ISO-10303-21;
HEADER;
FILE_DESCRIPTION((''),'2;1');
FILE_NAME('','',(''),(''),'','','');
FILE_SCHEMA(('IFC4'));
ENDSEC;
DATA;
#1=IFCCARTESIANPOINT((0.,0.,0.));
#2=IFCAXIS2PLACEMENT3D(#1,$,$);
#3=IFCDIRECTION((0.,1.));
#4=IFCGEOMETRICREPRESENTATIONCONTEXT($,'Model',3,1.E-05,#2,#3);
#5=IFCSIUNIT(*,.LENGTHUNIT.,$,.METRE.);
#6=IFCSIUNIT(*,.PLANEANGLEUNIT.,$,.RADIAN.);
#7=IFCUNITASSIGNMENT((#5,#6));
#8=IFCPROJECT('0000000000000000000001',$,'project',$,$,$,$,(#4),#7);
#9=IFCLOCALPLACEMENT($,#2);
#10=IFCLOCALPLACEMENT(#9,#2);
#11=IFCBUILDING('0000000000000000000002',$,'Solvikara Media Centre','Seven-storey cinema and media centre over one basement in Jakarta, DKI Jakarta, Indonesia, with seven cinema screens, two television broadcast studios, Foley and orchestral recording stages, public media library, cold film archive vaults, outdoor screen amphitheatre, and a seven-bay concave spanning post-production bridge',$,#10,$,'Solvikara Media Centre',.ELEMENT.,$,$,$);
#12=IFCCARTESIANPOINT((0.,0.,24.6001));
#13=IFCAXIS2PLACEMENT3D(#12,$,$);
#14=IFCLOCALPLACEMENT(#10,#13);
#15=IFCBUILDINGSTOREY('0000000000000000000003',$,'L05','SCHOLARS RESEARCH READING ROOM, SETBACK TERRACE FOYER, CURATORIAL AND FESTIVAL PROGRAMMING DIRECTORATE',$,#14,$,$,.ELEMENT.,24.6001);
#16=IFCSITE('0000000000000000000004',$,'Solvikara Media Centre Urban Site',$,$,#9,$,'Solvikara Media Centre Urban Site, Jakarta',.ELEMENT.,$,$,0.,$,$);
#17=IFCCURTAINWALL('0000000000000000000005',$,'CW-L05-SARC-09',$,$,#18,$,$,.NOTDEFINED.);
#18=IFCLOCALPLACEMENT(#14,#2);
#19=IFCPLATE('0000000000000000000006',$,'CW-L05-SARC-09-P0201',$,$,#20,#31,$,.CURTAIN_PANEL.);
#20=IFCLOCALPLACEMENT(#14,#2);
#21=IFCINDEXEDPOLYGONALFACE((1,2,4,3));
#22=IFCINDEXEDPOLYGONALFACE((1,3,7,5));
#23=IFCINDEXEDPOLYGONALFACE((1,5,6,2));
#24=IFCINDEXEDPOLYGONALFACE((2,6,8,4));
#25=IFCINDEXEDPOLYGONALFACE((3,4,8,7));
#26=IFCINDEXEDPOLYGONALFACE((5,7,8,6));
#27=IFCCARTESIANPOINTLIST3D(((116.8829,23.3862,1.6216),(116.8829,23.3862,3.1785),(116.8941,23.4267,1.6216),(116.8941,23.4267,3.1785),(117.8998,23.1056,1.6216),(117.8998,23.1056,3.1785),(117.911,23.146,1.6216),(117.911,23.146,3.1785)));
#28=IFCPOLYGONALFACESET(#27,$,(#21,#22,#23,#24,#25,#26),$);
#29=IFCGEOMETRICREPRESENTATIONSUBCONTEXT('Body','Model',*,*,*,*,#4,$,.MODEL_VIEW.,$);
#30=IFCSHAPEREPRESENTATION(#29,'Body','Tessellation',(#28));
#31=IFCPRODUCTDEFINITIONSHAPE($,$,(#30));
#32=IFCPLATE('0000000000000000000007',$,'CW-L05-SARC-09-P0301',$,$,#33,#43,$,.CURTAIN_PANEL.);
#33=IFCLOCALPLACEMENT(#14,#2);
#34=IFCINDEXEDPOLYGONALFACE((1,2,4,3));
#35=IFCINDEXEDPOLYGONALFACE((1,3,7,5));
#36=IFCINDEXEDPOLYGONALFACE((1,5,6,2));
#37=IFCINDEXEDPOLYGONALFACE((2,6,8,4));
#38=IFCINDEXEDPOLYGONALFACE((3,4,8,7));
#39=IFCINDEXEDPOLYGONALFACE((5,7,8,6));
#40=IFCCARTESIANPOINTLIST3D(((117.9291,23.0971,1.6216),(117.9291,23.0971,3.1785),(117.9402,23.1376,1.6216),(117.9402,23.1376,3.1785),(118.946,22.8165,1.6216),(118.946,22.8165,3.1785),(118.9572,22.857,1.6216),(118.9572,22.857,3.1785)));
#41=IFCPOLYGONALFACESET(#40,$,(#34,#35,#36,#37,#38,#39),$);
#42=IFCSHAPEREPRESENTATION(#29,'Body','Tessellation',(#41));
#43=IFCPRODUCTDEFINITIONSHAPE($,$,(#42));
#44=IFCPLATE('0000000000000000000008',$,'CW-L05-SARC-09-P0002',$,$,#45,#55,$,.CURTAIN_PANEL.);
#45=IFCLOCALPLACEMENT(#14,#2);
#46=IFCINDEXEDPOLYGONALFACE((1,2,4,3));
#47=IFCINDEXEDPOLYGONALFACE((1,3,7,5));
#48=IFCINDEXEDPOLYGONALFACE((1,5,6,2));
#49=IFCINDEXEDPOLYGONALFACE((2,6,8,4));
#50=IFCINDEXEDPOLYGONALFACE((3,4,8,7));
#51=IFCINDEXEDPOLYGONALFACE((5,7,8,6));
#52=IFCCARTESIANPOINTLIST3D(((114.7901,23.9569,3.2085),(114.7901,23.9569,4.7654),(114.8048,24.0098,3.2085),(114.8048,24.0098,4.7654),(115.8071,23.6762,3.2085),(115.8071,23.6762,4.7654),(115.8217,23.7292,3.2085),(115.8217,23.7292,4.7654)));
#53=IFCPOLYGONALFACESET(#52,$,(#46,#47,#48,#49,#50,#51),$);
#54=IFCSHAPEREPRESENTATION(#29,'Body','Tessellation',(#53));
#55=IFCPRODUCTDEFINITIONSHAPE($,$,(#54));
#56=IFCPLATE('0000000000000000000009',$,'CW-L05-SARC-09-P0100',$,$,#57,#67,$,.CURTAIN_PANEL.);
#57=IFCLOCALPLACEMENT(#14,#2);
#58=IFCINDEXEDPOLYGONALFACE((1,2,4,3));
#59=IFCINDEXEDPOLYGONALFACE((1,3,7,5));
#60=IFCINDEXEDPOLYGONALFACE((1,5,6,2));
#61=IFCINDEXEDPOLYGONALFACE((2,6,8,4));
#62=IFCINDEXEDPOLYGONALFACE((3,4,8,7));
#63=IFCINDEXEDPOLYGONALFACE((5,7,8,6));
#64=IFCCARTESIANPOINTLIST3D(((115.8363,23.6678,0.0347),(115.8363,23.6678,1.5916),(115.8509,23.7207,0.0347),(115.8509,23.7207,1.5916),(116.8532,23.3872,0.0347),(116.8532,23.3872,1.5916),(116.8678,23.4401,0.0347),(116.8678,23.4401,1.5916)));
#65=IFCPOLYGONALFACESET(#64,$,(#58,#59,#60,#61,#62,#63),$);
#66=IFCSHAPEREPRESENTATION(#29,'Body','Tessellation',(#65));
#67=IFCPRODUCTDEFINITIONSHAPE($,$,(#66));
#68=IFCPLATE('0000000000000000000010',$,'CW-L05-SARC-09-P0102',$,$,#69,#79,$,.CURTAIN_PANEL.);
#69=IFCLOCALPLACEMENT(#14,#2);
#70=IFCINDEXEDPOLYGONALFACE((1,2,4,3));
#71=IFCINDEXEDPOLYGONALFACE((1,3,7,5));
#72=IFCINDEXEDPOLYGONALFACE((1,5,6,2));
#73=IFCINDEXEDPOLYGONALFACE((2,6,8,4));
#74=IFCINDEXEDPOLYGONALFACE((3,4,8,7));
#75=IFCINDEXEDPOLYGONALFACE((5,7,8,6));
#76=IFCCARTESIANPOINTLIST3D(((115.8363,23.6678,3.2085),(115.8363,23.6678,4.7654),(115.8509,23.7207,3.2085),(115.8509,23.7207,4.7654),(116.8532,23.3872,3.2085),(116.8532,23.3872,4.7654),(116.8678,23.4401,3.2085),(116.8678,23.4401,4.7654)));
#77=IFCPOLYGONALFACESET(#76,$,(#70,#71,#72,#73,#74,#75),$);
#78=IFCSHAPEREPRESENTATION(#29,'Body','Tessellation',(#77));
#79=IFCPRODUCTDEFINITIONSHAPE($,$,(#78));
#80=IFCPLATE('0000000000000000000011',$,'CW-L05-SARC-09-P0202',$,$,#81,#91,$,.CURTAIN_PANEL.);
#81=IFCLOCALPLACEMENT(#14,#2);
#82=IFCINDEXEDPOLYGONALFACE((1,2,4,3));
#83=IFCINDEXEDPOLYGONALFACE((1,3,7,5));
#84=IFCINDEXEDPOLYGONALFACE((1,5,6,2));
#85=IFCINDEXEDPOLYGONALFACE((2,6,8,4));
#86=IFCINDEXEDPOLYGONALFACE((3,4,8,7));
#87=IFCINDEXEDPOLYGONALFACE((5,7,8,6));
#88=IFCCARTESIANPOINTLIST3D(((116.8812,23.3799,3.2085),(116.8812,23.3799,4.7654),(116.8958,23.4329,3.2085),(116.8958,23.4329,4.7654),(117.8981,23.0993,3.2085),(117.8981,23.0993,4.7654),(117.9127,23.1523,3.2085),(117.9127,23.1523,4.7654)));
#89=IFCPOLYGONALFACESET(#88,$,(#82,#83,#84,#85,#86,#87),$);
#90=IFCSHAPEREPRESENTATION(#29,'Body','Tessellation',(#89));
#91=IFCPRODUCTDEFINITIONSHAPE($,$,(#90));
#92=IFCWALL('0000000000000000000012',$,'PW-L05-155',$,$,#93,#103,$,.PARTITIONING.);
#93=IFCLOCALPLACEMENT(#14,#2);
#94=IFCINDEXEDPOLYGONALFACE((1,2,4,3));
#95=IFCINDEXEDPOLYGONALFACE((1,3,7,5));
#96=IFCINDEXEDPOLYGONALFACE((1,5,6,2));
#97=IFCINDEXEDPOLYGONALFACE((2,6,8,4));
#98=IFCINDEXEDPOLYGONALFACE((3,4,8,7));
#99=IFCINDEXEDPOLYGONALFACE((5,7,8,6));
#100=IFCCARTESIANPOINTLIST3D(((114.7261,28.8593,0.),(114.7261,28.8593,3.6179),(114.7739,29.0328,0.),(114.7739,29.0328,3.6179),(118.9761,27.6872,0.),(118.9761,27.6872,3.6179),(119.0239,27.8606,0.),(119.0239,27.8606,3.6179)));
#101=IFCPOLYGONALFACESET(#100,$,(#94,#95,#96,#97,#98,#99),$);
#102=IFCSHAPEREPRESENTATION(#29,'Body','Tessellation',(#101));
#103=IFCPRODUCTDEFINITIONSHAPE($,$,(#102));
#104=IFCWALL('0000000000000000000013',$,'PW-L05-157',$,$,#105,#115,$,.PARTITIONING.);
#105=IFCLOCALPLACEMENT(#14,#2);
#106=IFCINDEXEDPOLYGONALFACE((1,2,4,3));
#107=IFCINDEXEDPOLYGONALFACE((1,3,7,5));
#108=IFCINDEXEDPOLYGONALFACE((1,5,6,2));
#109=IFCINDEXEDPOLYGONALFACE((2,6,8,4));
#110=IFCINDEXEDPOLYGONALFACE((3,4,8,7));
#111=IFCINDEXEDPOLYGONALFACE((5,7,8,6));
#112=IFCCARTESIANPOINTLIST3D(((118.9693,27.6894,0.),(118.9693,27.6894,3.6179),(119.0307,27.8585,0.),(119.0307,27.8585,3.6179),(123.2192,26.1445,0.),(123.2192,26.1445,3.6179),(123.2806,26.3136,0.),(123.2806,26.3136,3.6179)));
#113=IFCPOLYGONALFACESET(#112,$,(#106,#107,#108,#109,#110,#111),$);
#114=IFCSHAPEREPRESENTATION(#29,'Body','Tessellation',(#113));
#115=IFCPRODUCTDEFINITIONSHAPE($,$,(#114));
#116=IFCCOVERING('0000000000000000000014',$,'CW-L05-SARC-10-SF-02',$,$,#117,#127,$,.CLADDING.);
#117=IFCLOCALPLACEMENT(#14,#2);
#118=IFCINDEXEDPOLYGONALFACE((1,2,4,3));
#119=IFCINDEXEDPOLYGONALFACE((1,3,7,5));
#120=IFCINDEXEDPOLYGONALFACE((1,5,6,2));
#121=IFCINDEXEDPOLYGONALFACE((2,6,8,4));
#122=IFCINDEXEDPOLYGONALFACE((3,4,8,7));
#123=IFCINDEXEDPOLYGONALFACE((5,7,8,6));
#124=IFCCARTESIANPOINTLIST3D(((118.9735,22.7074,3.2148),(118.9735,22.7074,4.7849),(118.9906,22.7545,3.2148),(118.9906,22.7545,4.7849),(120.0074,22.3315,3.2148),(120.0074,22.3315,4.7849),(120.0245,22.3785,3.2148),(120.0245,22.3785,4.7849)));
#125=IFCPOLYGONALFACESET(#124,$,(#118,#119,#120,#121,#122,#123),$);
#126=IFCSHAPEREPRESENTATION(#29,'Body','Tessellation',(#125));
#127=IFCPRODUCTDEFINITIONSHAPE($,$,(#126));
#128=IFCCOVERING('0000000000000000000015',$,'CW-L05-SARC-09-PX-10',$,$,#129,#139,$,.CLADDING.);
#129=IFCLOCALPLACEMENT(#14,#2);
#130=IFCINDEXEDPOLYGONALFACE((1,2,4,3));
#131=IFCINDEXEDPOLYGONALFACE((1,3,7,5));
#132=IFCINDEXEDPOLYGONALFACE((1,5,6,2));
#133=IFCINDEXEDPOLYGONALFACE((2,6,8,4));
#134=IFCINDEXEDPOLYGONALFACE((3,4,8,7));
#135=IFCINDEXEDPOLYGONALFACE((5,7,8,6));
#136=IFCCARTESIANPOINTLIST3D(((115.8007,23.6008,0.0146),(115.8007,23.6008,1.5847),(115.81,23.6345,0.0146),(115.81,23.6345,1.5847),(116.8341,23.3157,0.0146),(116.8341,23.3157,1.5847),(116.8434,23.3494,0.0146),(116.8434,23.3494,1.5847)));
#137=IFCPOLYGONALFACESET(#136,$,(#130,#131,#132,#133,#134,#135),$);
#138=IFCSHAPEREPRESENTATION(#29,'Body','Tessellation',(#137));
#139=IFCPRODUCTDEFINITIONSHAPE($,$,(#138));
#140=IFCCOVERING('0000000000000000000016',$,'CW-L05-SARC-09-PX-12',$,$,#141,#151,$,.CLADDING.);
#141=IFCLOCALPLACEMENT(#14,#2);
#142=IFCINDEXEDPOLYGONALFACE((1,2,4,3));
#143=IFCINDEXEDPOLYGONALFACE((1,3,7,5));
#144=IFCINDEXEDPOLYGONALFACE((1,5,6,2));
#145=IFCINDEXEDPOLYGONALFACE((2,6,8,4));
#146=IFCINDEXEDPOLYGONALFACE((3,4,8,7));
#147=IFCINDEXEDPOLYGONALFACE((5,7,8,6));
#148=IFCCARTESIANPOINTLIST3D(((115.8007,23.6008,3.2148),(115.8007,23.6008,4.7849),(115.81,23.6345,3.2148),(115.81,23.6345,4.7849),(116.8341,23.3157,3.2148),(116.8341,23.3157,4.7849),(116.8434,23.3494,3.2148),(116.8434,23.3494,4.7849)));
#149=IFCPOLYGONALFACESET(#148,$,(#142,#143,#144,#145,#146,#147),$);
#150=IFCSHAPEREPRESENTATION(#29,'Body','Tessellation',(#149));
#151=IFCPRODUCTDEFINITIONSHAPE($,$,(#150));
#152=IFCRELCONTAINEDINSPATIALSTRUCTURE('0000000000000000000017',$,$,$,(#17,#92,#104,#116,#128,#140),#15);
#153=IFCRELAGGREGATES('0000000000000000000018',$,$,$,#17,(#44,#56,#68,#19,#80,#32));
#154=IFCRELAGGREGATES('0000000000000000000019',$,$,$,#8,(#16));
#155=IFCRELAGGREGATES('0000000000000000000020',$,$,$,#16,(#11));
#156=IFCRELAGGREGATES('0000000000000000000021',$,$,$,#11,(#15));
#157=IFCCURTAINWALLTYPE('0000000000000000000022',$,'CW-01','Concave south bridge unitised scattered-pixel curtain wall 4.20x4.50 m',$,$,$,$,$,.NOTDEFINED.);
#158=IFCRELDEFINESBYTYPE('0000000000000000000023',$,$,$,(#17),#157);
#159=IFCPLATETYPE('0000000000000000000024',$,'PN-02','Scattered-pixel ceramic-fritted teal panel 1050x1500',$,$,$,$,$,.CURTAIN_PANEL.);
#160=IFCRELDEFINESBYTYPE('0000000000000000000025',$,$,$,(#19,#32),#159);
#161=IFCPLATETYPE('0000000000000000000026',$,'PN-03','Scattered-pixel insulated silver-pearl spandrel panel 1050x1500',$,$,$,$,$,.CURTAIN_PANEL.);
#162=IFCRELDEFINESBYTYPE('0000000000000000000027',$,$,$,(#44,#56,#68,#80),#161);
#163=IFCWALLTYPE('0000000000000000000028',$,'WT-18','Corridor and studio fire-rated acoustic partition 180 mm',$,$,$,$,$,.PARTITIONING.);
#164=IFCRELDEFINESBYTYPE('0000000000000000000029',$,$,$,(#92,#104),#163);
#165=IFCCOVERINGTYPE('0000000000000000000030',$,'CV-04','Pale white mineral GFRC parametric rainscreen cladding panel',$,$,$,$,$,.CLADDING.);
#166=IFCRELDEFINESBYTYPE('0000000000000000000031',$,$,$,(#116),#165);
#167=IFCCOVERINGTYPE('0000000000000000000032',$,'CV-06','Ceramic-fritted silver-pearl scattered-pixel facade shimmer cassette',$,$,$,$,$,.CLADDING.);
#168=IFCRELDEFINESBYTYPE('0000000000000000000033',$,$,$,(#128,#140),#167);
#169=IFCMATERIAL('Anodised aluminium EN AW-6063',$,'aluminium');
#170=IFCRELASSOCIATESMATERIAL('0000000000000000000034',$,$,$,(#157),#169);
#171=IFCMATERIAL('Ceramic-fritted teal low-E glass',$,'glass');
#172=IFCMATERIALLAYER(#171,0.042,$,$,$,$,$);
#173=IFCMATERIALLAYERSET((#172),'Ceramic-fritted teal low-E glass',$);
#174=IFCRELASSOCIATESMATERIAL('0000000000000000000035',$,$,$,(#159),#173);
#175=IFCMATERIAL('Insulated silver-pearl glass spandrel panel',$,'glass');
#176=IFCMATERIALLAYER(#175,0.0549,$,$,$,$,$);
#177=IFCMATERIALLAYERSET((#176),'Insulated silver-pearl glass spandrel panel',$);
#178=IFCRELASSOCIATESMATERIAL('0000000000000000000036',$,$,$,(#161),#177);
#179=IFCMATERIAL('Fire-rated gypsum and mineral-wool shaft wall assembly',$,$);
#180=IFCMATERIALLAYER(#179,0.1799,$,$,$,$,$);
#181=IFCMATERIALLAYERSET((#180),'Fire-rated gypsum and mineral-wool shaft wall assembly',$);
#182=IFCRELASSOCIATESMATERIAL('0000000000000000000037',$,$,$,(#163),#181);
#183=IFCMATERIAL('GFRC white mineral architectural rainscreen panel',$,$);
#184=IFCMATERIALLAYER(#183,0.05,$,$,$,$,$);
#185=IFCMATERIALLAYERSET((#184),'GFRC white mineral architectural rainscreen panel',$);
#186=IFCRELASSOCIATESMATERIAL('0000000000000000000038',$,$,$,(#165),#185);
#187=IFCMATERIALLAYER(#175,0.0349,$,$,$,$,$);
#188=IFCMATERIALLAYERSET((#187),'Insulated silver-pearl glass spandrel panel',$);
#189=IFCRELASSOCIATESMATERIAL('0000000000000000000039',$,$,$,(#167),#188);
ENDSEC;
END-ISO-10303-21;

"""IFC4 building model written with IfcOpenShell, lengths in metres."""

from ifc_helpers import new_model, si_unit, direction, frame, frame_2d, origin, origin_2d, place, context, subcontext, project, spatial, rectangle, extrude, material, layer, layer_set, type_object, element, aggregate, save


model = new_model("IFC4")

# Units and contexts
model_context = context("Model", 3, precision=1e-05, world=origin(), true_north=direction((0.0, 1.0)))
body_context = subcontext(model_context, "Body", "Model", "MODEL_VIEW")
ifc_project = project(units=[si_unit("LENGTHUNIT", "METRE"), si_unit("PLANEANGLEUNIT", "RADIAN")], contexts=[model_context])

# Site, building, storey
site_placement = place(None, origin())
site = spatial("IfcSite", under=ifc_project, at=site_placement, Name="Solvikara Media Centre Urban Site", LongName="Solvikara Media Centre Urban Site, Jakarta", CompositionType="ELEMENT", RefElevation=0.0)
building_placement = place(site_placement, origin())
building = spatial("IfcBuilding", under=site, at=building_placement, Name="Solvikara Media Centre", Description="Seven-storey cinema and media centre over one basement in Jakarta, DKI Jakarta, Indonesia, with seven cinema screens, two television broadcast studios, Foley and orchestral recording stages, public media library, cold film archive vaults, outdoor screen amphitheatre, and a seven-bay concave spanning post-production bridge", LongName="Solvikara Media Centre", CompositionType="ELEMENT")
storey_placement = place(building_placement, frame((0.0, 0.0, 24.6001)))
storey = spatial("IfcBuildingStorey", under=building, at=storey_placement, Name="L05", Description="SCHOLARS RESEARCH READING ROOM, SETBACK TERRACE FOYER, CURATORIAL AND FESTIVAL PROGRAMMING DIRECTORATE", CompositionType="ELEMENT", Elevation=24.6001)

# Curtain wall
ifc_material_1 = material(Name="Anodised aluminium EN AW-6063", Category="aluminium")
curtain_wall_type = type_object("IfcCurtainWallType", Name="CW-01", Description="Concave south bridge unitised scattered-pixel curtain wall 4.20x4.50 m", PredefinedType="NOTDEFINED", material=ifc_material_1)
curtain_wall_1_placement = place(storey_placement, origin())
curtain_wall_1 = element("IfcCurtainWall", 1, at=curtain_wall_1_placement, inside=storey, type_object=curtain_wall_type, Name="CW-L05-SARC-09", PredefinedType="NOTDEFINED")

# Plates
ifc_material_2 = material(Name="Ceramic-fritted teal low-E glass", Category="glass")
ifc_layer_1 = layer(ifc_material_2, 0.042)
ifc_layer_set_1 = layer_set([ifc_layer_1], Name="Ceramic-fritted teal low-E glass")
plate_type_1 = type_object("IfcPlateType", Name="PN-02", Description="Scattered-pixel ceramic-fritted teal panel 1050x1500", PredefinedType="CURTAIN_PANEL", material=ifc_layer_set_1)
plate_1_placement = place(storey_placement, frame((117.397, 23.2661, 1.6216), z_axis=(0.0, 0.0, 1.0), x_axis=(0.96397, -0.26601, 0.0)))
plate_1 = element("IfcPlate", 2, at=plate_1_placement, type_object=plate_type_1, Name="CW-L05-SARC-09-P0201", PredefinedType="CURTAIN_PANEL", context=body_context, shape_type="SweptSolid", body=[
    extrude(rectangle(XDim=1.0549, YDim=0.042, at=origin_2d()), origin(), (0.0, 0.0, 1.0), 1.5569),
])
plate_2_placement = place(storey_placement, frame((118.4431, 22.9771, 1.6216), z_axis=(0.0, 0.0, 1.0), x_axis=(0.96397, -0.26601, 0.0)))
plate_2 = element("IfcPlate", 3, at=plate_2_placement, type_object=plate_type_1, Name="CW-L05-SARC-09-P0301", PredefinedType="CURTAIN_PANEL", context=body_context, shape_type="SweptSolid", body=[
    extrude(rectangle(XDim=1.0549, YDim=0.042, at=origin_2d()), origin(), (0.0, 0.0, 1.0), 1.5569),
])
ifc_material_3 = material(Name="Insulated silver-pearl glass spandrel panel", Category="glass")
ifc_layer_2 = layer(ifc_material_3, 0.0549)
ifc_layer_set_2 = layer_set([ifc_layer_2], Name="Insulated silver-pearl glass spandrel panel")
plate_type_2 = type_object("IfcPlateType", Name="PN-03", Description="Scattered-pixel insulated silver-pearl spandrel panel 1050x1500", PredefinedType="CURTAIN_PANEL", material=ifc_layer_set_2)
plate_3_placement = place(storey_placement, frame((115.3059, 23.843, 3.2085), z_axis=(0.0, 0.0, 1.0), x_axis=(0.96397, -0.26601, 0.0)))
plate_3 = element("IfcPlate", 4, at=plate_3_placement, type_object=plate_type_2, Name="CW-L05-SARC-09-P0002", PredefinedType="CURTAIN_PANEL", context=body_context, shape_type="SweptSolid", body=[
    extrude(rectangle(XDim=1.0549, YDim=0.0549, at=origin_2d()), origin(), (0.0, 0.0, 1.0), 1.5569),
])
plate_4_placement = place(storey_placement, frame((116.3521, 23.554, 0.0347), z_axis=(0.0, 0.0, 1.0), x_axis=(0.96397, -0.26601, 0.0)))
plate_4 = element("IfcPlate", 5, at=plate_4_placement, type_object=plate_type_2, Name="CW-L05-SARC-09-P0100", PredefinedType="CURTAIN_PANEL", context=body_context, shape_type="SweptSolid", body=[
    extrude(rectangle(XDim=1.0549, YDim=0.0549, at=origin_2d()), origin(), (0.0, 0.0, 1.0), 1.5569),
])
plate_5_placement = place(storey_placement, frame((116.3521, 23.554, 3.2085), z_axis=(0.0, 0.0, 1.0), x_axis=(0.96397, -0.26601, 0.0)))
plate_5 = element("IfcPlate", 6, at=plate_5_placement, type_object=plate_type_2, Name="CW-L05-SARC-09-P0102", PredefinedType="CURTAIN_PANEL", context=body_context, shape_type="SweptSolid", body=[
    extrude(rectangle(XDim=1.0549, YDim=0.0549, at=origin_2d()), origin(), (0.0, 0.0, 1.0), 1.5569),
])
plate_6_placement = place(storey_placement, frame((117.397, 23.2661, 3.2085), z_axis=(0.0, 0.0, 1.0), x_axis=(0.96397, -0.26601, 0.0)))
plate_6 = element("IfcPlate", 7, at=plate_6_placement, type_object=plate_type_2, Name="CW-L05-SARC-09-P0202", PredefinedType="CURTAIN_PANEL", context=body_context, shape_type="SweptSolid", body=[
    extrude(rectangle(XDim=1.0549, YDim=0.0549, at=origin_2d()), origin(), (0.0, 0.0, 1.0), 1.5569),
])
aggregate(curtain_wall_1, [plate_3, plate_4, plate_5, plate_1, plate_6, plate_2])

# Walls
ifc_material_4 = material(Name="Fire-rated gypsum and mineral-wool shaft wall assembly")
ifc_layer_3 = layer(ifc_material_4, 0.1799)
ifc_layer_set_3 = layer_set([ifc_layer_3], Name="Fire-rated gypsum and mineral-wool shaft wall assembly")
wall_type = type_object("IfcWallType", Name="WT-18", Description="Corridor and studio fire-rated acoustic partition 180 mm", PredefinedType="PARTITIONING", material=ifc_layer_set_3)
wall_1_placement = place(storey_placement, frame((114.75, 28.946, 0.0), z_axis=(0.0, 0.0, 1.0), x_axis=(0.96401, -0.265867, 0.0)))
element("IfcWall", 8, at=wall_1_placement, inside=storey, type_object=wall_type, Name="PW-L05-155", PredefinedType="PARTITIONING", context=body_context, shape_type="SweptSolid", body=[
    extrude(rectangle(XDim=4.4087, YDim=0.1799, at=frame_2d((2.2043, 0.0))), origin(), (0.0, 0.0, 1.0), 3.6179),
])
wall_2_placement = place(storey_placement, frame((119.0, 27.7739, 0.0), z_axis=(0.0, 0.0, 1.0), x_axis=(0.939831, -0.341639, 0.0)))
element("IfcWall", 9, at=wall_2_placement, inside=storey, type_object=wall_type, Name="PW-L05-157", PredefinedType="PARTITIONING", context=body_context, shape_type="SweptSolid", body=[
    extrude(rectangle(XDim=4.522, YDim=0.1799, at=frame_2d((2.261, 0.0))), origin(), (0.0, 0.0, 1.0), 3.6179),
])

# Coverings
ifc_material_5 = material(Name="GFRC white mineral architectural rainscreen panel")
ifc_layer_4 = layer(ifc_material_5, 0.05)
ifc_layer_set_4 = layer_set([ifc_layer_4], Name="GFRC white mineral architectural rainscreen panel")
covering_type_1 = type_object("IfcCoveringType", Name="CV-04", Description="Pale white mineral GFRC parametric rainscreen cladding panel", PredefinedType="CLADDING", material=ifc_layer_set_4)
covering_placement = place(storey_placement, frame((119.499, 22.543, 3.2148), z_axis=(0.0, 0.0, 1.0), x_axis=(0.939794, -0.341741, 0.0)))
element("IfcCovering", 10, at=covering_placement, inside=storey, type_object=covering_type_1, Name="CW-L05-SARC-10-SF-02", PredefinedType="CLADDING", context=body_context, shape_type="SweptSolid", body=[
    extrude(rectangle(XDim=1.1001, YDim=0.05, at=origin_2d()), origin(), (0.0, 0.0, 1.0), 1.5701),
])
ifc_layer_5 = layer(ifc_material_3, 0.0349)
ifc_layer_set_5 = layer_set([ifc_layer_5], Name="Insulated silver-pearl glass spandrel panel")
covering_type_2 = type_object("IfcCoveringType", Name="CV-06", Description="Ceramic-fritted silver-pearl scattered-pixel facade shimmer cassette", PredefinedType="CLADDING", material=ifc_layer_set_5)
for number, where, z_axis, x_axis, name in (
    (11, (116.322, 23.4751, 0.0146), (0.0, 0.0, 1.0), (0.963984, -0.26596, 0.0), "CW-L05-SARC-09-PX-10"),
    (12, (116.322, 23.4751, 3.2148), (0.0, 0.0, 1.0), (0.963984, -0.26596, 0.0), "CW-L05-SARC-09-PX-12"),
):
    element("IfcCovering", number, at=place(storey_placement, frame(where, z_axis=z_axis, x_axis=x_axis)), inside=storey, type_object=covering_type_2, Name=name, PredefinedType="CLADDING", context=body_context, shape_type="SweptSolid", body=[
        extrude(rectangle(XDim=1.072, YDim=0.0349, at=origin_2d()), origin(), (0.0, 0.0, 1.0), 1.5701),
    ])

save(model, "model.ifc")
